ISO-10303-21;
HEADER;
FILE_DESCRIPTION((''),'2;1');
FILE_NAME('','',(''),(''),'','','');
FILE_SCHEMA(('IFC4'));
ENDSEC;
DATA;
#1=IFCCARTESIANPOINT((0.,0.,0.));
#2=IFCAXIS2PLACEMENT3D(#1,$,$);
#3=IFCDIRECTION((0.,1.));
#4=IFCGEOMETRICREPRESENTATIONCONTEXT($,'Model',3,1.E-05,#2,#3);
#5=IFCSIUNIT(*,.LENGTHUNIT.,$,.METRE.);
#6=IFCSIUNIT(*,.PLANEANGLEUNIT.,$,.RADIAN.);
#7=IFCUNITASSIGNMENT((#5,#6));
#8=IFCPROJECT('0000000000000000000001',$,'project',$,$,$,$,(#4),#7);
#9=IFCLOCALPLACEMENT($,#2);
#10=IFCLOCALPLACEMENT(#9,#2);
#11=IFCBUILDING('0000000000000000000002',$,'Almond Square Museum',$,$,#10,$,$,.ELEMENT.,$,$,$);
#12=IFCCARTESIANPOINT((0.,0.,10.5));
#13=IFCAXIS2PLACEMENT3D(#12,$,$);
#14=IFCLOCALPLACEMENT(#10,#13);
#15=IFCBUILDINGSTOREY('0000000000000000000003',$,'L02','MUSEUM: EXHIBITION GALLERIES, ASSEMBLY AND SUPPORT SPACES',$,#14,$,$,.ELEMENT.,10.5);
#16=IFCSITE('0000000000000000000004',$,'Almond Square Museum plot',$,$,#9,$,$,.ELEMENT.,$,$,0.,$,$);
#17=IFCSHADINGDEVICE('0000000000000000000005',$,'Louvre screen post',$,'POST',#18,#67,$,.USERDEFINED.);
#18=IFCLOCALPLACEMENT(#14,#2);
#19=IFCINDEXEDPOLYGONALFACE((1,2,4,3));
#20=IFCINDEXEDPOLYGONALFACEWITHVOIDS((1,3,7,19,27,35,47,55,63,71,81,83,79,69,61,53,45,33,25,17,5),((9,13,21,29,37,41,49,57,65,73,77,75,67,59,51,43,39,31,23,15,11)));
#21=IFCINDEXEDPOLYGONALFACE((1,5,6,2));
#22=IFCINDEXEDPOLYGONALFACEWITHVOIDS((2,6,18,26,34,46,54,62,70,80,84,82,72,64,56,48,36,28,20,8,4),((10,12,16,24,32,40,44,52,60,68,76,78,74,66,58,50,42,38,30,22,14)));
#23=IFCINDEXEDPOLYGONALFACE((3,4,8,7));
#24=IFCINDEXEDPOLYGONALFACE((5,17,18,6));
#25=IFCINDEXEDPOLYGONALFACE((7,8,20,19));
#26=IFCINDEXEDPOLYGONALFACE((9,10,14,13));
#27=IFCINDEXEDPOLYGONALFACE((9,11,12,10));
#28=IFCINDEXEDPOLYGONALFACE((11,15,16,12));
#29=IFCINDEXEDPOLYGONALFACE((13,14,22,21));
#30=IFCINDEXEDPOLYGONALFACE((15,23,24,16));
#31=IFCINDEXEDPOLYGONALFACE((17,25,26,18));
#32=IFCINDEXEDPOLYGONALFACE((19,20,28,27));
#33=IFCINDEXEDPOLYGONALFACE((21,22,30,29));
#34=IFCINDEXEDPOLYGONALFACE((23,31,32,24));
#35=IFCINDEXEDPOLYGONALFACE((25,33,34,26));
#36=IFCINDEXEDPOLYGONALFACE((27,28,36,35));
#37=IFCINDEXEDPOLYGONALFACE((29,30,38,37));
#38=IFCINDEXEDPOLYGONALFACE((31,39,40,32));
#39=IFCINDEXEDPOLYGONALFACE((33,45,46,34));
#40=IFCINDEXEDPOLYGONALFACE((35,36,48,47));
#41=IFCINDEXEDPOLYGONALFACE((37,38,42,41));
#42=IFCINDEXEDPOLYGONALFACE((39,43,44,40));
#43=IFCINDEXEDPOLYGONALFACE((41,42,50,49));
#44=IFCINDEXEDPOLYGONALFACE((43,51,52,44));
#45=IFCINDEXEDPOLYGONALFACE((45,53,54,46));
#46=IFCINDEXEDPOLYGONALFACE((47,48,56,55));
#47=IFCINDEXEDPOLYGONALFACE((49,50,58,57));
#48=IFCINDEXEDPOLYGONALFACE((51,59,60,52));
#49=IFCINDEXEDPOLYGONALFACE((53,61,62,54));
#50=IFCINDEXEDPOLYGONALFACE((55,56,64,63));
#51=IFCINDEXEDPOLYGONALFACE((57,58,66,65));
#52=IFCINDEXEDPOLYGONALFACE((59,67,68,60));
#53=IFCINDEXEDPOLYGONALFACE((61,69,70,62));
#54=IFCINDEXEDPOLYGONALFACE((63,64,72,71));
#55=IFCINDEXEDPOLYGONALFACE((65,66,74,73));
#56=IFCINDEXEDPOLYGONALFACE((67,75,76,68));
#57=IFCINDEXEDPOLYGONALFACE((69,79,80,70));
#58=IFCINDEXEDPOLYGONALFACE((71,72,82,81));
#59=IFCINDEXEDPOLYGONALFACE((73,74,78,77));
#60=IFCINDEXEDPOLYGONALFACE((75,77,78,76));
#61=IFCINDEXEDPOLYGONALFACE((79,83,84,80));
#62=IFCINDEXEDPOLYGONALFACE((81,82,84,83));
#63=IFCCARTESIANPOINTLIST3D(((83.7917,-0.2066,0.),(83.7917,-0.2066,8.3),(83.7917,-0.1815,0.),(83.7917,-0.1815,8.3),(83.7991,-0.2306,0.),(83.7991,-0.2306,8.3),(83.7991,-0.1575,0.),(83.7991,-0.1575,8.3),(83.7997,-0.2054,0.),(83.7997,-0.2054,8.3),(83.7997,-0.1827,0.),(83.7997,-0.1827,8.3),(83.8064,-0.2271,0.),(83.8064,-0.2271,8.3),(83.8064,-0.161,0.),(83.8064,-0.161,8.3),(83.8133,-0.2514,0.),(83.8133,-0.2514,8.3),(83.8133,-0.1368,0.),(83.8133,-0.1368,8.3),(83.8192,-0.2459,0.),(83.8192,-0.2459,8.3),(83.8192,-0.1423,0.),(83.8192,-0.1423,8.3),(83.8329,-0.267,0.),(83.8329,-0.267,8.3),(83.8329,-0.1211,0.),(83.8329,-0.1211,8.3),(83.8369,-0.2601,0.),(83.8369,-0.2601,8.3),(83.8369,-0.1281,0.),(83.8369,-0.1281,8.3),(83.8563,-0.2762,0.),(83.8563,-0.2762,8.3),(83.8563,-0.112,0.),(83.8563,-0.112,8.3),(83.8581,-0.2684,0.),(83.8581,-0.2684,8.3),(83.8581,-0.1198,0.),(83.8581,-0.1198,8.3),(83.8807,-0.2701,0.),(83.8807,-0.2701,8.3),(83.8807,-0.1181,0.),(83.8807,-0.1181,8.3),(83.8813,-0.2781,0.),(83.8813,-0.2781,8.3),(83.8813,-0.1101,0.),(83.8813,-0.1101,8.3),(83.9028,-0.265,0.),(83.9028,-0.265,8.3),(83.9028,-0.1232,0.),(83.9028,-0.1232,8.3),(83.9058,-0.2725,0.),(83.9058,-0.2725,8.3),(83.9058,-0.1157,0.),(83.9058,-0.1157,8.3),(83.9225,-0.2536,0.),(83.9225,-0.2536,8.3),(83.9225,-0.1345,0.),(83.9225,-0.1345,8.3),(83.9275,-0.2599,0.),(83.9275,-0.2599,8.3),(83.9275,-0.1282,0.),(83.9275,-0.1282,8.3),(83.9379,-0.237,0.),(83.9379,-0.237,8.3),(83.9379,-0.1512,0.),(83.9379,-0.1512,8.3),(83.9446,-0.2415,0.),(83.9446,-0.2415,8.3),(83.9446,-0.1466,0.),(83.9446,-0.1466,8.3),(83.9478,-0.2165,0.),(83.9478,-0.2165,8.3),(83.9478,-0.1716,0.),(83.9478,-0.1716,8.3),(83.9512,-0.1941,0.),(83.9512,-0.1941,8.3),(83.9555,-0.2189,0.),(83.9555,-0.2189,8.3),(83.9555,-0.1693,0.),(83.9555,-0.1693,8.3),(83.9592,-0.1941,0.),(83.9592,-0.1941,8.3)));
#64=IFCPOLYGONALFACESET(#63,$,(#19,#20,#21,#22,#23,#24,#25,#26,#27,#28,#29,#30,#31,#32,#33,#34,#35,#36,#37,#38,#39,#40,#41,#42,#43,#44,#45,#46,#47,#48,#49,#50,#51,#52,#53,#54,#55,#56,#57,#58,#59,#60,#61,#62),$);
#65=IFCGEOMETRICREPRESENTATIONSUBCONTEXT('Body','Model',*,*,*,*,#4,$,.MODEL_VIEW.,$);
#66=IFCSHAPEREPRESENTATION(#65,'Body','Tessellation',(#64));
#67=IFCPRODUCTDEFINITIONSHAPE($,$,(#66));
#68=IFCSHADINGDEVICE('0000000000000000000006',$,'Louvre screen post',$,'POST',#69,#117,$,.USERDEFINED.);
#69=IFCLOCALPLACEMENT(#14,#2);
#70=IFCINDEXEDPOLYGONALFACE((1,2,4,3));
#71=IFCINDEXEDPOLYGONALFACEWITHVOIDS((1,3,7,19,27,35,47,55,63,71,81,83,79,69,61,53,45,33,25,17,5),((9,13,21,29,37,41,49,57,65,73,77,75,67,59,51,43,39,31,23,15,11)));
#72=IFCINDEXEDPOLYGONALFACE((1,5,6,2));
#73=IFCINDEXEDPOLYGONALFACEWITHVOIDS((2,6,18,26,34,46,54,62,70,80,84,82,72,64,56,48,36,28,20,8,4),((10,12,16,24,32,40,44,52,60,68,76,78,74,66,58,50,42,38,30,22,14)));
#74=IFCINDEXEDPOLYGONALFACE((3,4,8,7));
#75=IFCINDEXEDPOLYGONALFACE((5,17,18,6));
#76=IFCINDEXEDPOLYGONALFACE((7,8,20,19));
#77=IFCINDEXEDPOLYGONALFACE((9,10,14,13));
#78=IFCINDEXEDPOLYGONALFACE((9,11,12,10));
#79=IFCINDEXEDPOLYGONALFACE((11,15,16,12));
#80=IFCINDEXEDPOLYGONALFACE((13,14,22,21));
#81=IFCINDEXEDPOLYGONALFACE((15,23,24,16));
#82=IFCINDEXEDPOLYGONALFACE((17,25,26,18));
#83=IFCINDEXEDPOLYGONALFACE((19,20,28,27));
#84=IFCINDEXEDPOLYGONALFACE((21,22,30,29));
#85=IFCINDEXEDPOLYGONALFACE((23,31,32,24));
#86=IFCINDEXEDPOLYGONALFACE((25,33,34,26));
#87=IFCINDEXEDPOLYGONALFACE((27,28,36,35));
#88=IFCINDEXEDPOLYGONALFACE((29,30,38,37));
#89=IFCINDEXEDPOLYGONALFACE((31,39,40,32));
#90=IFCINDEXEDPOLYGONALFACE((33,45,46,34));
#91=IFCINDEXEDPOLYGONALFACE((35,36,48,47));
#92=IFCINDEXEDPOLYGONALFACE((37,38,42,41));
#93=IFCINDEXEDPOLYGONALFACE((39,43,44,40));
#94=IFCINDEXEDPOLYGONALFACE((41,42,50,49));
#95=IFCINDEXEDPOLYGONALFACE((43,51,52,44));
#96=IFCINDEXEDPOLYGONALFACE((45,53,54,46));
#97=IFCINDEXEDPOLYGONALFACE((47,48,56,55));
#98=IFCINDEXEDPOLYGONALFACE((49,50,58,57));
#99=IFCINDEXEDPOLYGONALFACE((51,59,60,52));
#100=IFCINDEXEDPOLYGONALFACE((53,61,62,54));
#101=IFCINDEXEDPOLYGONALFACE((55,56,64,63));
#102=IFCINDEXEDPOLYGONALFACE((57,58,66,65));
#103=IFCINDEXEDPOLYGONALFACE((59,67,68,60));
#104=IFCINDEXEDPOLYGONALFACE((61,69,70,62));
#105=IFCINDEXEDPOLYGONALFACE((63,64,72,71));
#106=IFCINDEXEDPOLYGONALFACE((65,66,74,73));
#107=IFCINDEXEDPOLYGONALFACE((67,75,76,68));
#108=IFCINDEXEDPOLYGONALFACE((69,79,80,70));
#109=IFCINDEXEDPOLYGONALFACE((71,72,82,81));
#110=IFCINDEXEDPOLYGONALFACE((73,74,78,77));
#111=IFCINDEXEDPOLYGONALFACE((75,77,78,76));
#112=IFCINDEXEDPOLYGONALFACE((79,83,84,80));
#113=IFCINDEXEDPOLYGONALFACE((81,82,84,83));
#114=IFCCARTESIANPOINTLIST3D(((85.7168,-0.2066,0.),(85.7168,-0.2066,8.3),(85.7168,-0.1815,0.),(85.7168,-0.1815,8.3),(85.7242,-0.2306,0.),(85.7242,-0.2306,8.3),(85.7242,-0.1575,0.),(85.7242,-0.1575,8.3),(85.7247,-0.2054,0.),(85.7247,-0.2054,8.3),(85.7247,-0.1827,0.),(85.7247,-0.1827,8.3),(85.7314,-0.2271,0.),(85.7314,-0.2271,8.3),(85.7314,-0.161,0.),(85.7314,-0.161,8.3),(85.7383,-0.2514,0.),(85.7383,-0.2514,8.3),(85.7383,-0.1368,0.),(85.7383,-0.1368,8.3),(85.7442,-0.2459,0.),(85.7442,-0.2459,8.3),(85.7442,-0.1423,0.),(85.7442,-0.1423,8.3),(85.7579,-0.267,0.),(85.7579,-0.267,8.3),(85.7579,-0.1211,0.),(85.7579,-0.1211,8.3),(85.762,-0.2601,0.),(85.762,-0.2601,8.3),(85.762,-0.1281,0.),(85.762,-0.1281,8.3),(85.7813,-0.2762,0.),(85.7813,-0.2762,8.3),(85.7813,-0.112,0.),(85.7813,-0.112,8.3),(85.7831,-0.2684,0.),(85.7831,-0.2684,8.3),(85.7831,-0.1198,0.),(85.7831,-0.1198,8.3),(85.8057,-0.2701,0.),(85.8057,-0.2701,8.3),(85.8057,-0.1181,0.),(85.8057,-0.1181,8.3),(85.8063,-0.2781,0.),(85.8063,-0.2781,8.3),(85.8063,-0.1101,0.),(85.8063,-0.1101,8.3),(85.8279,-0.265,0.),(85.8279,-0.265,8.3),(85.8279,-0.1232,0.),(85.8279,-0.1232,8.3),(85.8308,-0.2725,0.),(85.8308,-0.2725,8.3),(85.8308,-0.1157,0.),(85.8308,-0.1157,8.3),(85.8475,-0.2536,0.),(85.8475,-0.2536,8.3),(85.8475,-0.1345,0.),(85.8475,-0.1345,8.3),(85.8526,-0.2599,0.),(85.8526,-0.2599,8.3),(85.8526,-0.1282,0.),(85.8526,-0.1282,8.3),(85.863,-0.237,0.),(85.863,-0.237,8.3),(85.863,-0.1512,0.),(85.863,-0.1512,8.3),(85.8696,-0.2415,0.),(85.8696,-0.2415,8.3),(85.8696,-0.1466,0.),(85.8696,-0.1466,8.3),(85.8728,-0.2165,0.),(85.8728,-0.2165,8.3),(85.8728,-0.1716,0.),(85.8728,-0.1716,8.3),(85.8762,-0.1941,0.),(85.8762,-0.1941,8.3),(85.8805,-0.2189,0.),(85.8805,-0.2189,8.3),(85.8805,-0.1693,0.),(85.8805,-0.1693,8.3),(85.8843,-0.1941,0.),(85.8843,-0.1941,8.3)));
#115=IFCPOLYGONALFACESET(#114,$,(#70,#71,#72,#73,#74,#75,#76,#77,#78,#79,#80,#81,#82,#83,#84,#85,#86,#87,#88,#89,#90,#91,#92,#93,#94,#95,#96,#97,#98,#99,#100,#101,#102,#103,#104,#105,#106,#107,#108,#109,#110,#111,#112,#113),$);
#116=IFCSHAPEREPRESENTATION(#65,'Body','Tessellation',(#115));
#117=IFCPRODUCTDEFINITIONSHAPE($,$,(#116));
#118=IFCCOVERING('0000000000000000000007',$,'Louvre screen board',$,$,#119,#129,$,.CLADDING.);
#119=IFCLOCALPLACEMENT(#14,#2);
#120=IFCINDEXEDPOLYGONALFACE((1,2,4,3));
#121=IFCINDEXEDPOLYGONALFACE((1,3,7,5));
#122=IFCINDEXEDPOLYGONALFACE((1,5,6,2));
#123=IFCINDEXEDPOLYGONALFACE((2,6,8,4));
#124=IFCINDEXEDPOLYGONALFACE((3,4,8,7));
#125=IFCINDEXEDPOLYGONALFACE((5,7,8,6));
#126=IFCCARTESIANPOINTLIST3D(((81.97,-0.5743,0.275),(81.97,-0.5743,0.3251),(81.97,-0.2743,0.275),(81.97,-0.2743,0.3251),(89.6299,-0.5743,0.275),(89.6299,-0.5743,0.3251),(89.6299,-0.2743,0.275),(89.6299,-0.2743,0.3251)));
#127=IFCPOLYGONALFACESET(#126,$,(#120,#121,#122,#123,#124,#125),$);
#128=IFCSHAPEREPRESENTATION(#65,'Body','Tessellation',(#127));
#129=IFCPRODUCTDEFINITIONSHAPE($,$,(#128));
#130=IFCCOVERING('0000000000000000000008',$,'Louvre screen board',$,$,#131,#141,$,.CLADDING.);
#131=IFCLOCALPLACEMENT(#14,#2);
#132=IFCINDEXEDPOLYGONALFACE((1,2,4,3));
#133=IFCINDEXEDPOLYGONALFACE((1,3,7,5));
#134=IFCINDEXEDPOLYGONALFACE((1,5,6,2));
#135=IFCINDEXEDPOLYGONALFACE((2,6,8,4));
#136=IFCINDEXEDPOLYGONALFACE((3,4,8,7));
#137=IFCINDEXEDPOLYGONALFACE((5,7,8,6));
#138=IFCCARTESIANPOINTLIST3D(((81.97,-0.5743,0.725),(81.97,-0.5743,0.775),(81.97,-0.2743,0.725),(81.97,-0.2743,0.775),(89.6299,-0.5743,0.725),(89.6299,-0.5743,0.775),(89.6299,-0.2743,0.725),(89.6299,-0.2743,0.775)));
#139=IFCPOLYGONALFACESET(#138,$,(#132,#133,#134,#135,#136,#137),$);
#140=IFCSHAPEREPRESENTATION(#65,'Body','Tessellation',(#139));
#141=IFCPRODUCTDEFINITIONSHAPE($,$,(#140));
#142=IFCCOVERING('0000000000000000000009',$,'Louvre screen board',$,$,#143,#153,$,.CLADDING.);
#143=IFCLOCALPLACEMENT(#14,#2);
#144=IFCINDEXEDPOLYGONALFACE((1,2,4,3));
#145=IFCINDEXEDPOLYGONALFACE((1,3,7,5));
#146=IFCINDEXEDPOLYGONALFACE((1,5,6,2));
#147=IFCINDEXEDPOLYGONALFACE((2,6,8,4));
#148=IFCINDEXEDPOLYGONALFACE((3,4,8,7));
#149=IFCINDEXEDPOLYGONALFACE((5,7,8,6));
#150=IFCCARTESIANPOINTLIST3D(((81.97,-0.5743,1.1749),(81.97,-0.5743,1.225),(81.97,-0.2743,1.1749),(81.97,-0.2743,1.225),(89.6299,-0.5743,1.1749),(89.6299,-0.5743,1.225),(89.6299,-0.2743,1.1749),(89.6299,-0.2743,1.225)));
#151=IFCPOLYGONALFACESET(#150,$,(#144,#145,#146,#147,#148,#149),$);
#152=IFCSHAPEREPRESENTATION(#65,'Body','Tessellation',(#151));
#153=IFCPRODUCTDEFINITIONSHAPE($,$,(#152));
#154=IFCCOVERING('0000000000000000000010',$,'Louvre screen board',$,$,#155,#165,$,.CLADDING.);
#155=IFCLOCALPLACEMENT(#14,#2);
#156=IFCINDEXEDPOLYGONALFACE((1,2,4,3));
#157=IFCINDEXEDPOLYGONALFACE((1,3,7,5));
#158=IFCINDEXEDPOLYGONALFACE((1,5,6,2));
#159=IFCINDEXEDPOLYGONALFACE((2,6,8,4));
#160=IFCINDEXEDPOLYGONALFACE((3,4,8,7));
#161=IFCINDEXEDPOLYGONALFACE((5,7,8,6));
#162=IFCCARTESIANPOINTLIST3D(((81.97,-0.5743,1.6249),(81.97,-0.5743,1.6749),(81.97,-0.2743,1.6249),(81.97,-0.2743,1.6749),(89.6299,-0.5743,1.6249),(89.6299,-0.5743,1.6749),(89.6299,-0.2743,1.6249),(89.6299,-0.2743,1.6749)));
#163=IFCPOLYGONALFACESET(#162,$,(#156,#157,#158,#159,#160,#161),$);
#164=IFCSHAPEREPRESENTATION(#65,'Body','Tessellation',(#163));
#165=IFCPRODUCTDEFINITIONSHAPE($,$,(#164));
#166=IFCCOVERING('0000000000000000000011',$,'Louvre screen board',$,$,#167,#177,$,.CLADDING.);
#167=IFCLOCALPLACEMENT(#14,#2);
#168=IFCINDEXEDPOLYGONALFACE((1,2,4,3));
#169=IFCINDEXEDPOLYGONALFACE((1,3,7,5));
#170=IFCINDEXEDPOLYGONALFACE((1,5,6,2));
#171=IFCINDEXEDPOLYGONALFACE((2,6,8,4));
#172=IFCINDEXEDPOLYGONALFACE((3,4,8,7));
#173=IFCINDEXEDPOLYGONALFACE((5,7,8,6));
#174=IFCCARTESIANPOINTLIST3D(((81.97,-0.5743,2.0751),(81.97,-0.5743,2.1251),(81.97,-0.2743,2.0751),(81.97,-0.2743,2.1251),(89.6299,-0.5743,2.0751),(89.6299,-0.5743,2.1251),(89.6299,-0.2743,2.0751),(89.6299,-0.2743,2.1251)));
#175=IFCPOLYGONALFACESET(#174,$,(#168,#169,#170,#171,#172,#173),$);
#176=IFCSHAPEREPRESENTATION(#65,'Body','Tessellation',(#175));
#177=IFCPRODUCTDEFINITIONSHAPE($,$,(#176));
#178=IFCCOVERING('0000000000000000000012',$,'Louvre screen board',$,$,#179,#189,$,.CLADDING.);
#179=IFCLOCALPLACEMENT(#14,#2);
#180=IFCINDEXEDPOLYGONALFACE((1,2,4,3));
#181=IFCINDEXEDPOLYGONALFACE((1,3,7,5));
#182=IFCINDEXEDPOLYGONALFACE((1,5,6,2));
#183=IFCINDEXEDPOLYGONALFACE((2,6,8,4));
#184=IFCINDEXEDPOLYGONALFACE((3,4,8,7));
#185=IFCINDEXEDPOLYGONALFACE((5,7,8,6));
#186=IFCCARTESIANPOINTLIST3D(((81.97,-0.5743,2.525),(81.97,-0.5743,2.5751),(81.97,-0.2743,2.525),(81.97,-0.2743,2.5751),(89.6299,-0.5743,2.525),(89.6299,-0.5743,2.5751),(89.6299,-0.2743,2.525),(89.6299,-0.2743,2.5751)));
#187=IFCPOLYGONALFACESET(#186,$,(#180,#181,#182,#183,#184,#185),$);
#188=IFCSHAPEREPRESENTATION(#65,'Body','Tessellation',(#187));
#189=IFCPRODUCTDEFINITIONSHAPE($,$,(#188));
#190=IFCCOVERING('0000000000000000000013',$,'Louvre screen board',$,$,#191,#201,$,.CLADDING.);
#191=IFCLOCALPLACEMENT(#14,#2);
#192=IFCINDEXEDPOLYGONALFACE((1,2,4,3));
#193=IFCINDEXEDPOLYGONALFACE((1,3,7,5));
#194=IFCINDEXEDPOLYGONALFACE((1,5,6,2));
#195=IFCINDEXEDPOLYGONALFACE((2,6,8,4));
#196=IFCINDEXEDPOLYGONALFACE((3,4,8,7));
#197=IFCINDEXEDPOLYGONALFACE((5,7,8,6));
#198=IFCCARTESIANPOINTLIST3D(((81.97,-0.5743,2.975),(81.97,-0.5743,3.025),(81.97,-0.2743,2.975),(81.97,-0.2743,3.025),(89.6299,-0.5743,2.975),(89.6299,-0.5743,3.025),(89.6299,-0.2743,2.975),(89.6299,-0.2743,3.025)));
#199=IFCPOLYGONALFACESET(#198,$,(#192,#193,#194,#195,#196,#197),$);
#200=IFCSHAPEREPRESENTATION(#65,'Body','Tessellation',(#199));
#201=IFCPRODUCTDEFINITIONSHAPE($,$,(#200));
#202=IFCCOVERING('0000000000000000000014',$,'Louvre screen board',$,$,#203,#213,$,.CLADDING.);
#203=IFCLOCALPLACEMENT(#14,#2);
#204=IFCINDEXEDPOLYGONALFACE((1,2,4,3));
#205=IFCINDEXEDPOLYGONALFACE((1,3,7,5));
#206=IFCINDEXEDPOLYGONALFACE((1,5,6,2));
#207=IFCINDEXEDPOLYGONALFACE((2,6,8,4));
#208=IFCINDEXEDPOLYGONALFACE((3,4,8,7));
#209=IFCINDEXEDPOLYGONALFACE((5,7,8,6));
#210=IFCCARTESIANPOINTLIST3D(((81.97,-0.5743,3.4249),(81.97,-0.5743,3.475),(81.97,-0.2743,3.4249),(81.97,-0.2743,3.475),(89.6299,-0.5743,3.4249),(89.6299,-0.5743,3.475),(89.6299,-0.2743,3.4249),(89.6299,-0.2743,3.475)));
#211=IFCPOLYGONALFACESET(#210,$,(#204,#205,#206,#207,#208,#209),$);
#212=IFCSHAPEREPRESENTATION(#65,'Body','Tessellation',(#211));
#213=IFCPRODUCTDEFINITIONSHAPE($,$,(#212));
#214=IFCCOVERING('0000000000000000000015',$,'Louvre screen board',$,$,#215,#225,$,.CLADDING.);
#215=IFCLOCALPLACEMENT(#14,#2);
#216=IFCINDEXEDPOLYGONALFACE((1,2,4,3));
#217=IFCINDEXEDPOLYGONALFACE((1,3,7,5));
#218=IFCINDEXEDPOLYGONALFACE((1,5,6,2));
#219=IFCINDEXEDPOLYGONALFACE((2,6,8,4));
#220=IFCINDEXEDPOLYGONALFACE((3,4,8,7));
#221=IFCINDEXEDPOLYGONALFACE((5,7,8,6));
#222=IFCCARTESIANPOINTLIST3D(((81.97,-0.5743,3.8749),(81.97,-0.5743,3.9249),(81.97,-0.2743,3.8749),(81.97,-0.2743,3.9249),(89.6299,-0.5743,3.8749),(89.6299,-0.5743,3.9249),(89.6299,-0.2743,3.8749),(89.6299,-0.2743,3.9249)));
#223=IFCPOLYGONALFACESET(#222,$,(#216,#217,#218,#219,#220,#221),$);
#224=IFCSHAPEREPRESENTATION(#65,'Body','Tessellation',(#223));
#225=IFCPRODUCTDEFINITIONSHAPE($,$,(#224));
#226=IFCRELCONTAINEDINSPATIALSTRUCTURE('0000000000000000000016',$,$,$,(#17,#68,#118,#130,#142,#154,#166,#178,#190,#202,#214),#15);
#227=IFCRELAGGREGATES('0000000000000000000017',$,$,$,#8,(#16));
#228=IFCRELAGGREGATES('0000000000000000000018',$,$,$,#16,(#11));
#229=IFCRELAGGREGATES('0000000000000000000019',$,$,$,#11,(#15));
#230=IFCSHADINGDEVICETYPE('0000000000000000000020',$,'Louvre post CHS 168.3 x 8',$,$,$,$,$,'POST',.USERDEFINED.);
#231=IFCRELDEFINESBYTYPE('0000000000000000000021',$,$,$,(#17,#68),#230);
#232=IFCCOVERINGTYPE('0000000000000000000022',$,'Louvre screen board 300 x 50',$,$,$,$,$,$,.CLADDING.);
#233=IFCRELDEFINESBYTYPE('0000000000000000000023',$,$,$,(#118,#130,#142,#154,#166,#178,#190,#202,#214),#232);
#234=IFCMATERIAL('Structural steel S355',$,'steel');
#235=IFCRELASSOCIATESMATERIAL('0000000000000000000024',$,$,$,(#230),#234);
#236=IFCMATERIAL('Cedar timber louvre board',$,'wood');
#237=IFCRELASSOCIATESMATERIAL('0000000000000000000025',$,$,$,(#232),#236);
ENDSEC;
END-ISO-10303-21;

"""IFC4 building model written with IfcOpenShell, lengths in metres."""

from ifc_helpers import new_model, si_unit, direction, frame, origin, origin_2d, place, context, subcontext, project, spatial, rectangle, hollow_circle, extrude, material, material_profile, profile_set, type_object, element, save


model = new_model("IFC4")

# Units and contexts
model_context = context("Model", 3, precision=1e-05, world=origin(), true_north=direction((0.0, 1.0)))
body_context = subcontext(model_context, "Body", "Model", "MODEL_VIEW")
ifc_project = project(units=[si_unit("LENGTHUNIT", "METRE"), si_unit("PLANEANGLEUNIT", "RADIAN")], contexts=[model_context])

# Site, building, storey
site_placement = place(None, origin())
site = spatial("IfcSite", under=ifc_project, at=site_placement, Name="Almond Square Museum plot", CompositionType="ELEMENT", RefElevation=0.0)
building_placement = place(site_placement, origin())
building = spatial("IfcBuilding", under=site, at=building_placement, Name="Almond Square Museum", CompositionType="ELEMENT")
storey_placement = place(building_placement, frame((0.0, 0.0, 10.5)))
storey = spatial("IfcBuildingStorey", under=building, at=storey_placement, Name="L02", Description="MUSEUM: EXHIBITION GALLERIES, ASSEMBLY AND SUPPORT SPACES", CompositionType="ELEMENT", Elevation=10.5)

# Shading devices
ifc_material_1 = material(Name="Structural steel S355", Category="steel")
ifc_material_profile_1 = material_profile(ifc_material_1, hollow_circle(Radius=0.0842, WallThickness=0.0081, at=origin_2d()))
ifc_profile_set_1 = profile_set([ifc_material_profile_1], Name="Structural steel S355")
shading_device_type = type_object("IfcShadingDeviceType", Name="Louvre post CHS 168.3 x 8", ElementType="POST", PredefinedType="USERDEFINED", material=ifc_profile_set_1)
for number, where, z_axis, x_axis, name in (
    (1, (83.875, -0.1941, 0.0), (0.0, 0.0, 1.0), (1.0, 0.0, 0.0), "Louvre screen post"),
    (2, (85.8, -0.1941, 0.0), (0.0, 0.0, 1.0), (1.0, 0.0, 0.0), "Louvre screen post"),
):
    element("IfcShadingDevice", number, at=place(storey_placement, frame(where, z_axis=z_axis, x_axis=x_axis)), inside=storey, type_object=shading_device_type, Name=name, ObjectType="POST", PredefinedType="USERDEFINED", context=body_context, shape_type="SweptSolid", body=[
        extrude(hollow_circle(Radius=0.0842, WallThickness=0.0081, at=origin_2d()), origin(), (0.0, 0.0, 1.0), 8.3),
    ])

# Coverings
ifc_material_2 = material(Name="Cedar timber louvre board", Category="wood")
ifc_material_profile_2 = material_profile(ifc_material_2, rectangle(XDim=0.3, YDim=0.05, at=origin_2d()))
ifc_profile_set_2 = profile_set([ifc_material_profile_2], Name="Cedar timber louvre board")
covering_type = type_object("IfcCoveringType", Name="Louvre screen board 300 x 50", PredefinedType="CLADDING", material=ifc_profile_set_2)
for number, where, z_axis, x_axis, name in (
    (3, (81.97, -0.4243, 0.3), (1.0, 0.0, 0.0), (0.0, 1.0, 0.0), "Louvre screen board"),
    (4, (81.97, -0.4243, 0.75), (1.0, 0.0, 0.0), (0.0, 1.0, 0.0), "Louvre screen board"),
    (5, (81.97, -0.4243, 1.2), (1.0, 0.0, 0.0), (0.0, 1.0, 0.0), "Louvre screen board"),
    (6, (81.97, -0.4243, 1.6499), (1.0, 0.0, 0.0), (0.0, 1.0, 0.0), "Louvre screen board"),
    (7, (81.97, -0.4243, 2.1001), (1.0, 0.0, 0.0), (0.0, 1.0, 0.0), "Louvre screen board"),
    (8, (81.97, -0.4243, 2.55), (1.0, 0.0, 0.0), (0.0, 1.0, 0.0), "Louvre screen board"),
    (9, (81.97, -0.4243, 3.0), (1.0, 0.0, 0.0), (0.0, 1.0, 0.0), "Louvre screen board"),
    (10, (81.97, -0.4243, 3.45), (1.0, 0.0, 0.0), (0.0, 1.0, 0.0), "Louvre screen board"),
    (11, (81.97, -0.4243, 3.8999), (1.0, 0.0, 0.0), (0.0, 1.0, 0.0), "Louvre screen board"),
):
    element("IfcCovering", number, at=place(storey_placement, frame(where, z_axis=z_axis, x_axis=x_axis)), inside=storey, type_object=covering_type, Name=name, PredefinedType="CLADDING", context=body_context, shape_type="SweptSolid", body=[
        extrude(rectangle(XDim=0.3, YDim=0.05, at=origin_2d()), origin(), (0.0, 0.0, 1.0), 7.6599),
    ])

save(model, "model.ifc")
